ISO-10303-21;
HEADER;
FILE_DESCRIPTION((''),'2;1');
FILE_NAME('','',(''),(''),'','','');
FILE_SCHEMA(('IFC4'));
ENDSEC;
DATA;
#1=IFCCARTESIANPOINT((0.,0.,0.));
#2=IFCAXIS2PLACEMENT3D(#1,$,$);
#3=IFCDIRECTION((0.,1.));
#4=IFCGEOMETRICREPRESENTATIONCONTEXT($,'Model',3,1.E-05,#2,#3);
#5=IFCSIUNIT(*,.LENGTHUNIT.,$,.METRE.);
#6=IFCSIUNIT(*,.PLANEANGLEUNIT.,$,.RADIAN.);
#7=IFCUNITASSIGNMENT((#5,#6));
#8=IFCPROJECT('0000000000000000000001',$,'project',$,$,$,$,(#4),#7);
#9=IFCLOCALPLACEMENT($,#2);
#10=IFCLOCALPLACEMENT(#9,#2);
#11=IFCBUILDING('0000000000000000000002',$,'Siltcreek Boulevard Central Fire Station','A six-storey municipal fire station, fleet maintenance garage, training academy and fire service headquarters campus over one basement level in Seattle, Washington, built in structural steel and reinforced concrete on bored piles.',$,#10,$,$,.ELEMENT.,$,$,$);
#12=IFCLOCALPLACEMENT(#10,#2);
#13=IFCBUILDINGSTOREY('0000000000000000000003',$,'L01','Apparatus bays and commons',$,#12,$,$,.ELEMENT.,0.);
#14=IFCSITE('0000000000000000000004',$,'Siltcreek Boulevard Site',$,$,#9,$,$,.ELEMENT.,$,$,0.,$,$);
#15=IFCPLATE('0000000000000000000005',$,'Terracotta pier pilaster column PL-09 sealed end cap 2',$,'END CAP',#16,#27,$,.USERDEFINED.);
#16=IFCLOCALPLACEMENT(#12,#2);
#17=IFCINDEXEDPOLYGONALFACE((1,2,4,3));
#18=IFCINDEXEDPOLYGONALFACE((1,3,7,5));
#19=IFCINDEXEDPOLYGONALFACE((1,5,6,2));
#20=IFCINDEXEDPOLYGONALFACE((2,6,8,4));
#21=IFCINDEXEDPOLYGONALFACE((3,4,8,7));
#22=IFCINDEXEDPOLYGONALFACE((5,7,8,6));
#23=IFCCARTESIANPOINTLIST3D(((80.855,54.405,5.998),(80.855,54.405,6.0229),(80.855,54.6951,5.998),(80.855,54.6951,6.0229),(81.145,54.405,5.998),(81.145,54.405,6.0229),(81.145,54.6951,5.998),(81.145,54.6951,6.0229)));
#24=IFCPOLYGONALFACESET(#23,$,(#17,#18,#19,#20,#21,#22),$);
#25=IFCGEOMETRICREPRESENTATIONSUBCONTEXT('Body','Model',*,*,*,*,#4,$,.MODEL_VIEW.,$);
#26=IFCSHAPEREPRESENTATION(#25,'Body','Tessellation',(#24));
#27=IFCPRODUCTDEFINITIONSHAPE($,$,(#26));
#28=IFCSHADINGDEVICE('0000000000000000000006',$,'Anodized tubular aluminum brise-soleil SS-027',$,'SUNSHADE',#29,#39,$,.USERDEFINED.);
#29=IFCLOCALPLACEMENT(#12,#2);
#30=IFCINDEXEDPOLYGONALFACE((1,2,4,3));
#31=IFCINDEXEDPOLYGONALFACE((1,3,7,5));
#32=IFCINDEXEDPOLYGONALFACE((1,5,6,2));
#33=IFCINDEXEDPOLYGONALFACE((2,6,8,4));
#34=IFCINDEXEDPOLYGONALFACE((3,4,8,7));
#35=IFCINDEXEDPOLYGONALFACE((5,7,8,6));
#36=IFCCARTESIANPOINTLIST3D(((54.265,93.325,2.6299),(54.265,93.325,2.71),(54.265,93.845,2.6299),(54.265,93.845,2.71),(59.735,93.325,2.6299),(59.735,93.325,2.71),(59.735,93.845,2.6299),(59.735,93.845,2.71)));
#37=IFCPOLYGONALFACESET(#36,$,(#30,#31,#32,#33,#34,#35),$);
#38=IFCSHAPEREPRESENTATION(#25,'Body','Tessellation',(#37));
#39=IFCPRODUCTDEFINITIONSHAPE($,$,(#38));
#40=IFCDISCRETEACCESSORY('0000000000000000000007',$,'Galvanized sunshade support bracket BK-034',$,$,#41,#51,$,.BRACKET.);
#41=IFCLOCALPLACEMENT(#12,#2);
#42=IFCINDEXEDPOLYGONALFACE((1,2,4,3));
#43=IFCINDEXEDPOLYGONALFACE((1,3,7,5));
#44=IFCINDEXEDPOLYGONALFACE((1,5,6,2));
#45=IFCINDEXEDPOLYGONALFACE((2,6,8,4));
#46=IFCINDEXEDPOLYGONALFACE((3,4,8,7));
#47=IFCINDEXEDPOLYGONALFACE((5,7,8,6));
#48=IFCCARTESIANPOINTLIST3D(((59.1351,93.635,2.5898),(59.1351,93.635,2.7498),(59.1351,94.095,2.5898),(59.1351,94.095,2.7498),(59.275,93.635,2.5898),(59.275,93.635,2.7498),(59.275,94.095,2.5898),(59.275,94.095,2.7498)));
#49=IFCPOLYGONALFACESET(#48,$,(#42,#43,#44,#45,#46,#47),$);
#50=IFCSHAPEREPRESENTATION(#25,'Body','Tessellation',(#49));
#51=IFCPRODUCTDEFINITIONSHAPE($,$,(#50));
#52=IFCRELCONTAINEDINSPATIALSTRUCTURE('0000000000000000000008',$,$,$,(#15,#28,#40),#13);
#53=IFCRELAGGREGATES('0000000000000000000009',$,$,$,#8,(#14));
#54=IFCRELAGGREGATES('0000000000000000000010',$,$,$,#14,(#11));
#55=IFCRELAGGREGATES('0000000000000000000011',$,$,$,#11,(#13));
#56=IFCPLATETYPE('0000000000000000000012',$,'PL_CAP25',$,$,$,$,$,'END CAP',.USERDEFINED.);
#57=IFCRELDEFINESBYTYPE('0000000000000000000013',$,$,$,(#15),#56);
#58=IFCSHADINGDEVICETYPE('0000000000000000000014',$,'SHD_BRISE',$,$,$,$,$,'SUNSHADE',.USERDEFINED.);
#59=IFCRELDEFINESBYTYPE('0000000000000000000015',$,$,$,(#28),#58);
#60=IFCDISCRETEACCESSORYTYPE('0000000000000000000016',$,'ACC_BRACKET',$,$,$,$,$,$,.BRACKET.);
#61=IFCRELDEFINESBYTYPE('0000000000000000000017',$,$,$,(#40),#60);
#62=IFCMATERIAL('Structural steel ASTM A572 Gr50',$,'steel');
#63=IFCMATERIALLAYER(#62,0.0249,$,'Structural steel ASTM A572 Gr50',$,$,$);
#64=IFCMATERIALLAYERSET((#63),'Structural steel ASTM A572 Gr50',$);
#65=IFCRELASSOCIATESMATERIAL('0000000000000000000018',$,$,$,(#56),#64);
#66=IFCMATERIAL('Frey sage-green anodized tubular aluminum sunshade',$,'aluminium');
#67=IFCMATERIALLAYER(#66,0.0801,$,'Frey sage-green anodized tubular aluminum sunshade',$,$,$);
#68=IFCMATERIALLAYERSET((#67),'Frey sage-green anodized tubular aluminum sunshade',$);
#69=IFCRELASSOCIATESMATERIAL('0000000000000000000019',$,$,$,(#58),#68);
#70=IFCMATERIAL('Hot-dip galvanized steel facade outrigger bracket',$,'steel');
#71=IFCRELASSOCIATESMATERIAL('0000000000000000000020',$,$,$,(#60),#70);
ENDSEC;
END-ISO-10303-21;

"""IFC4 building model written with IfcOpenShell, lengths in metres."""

from ifc_helpers import new_model, si_unit, direction, frame, origin, origin_2d, place, context, subcontext, project, spatial, rectangle, extrude, material, layer, layer_set, type_object, element, save


model = new_model("IFC4")

# Units and contexts
model_context = context("Model", 3, precision=1e-05, world=origin(), true_north=direction((0.0, 1.0)))
body_context = subcontext(model_context, "Body", "Model", "MODEL_VIEW")
ifc_project = project(units=[si_unit("LENGTHUNIT", "METRE"), si_unit("PLANEANGLEUNIT", "RADIAN")], contexts=[model_context])

# Site, building, storey
site_placement = place(None, origin())
site = spatial("IfcSite", under=ifc_project, at=site_placement, Name="Siltcreek Boulevard Site", CompositionType="ELEMENT", RefElevation=0.0)
building_placement = place(site_placement, origin())
building = spatial("IfcBuilding", under=site, at=building_placement, Name="Siltcreek Boulevard Central Fire Station", Description="A six-storey municipal fire station, fleet maintenance garage, training academy and fire service headquarters campus over one basement level in Seattle, Washington, built in structural steel and reinforced concrete on bored piles.", CompositionType="ELEMENT")
storey_placement = place(building_placement, origin())
storey = spatial("IfcBuildingStorey", under=building, at=storey_placement, Name="L01", Description="Apparatus bays and commons", CompositionType="ELEMENT", Elevation=0.0)

# Plate
ifc_material_1 = material(Name="Structural steel ASTM A572 Gr50", Category="steel")
ifc_layer_1 = layer(ifc_material_1, 0.0249, Name="Structural steel ASTM A572 Gr50")
ifc_layer_set_1 = layer_set([ifc_layer_1], Name="Structural steel ASTM A572 Gr50")
plate_type_1 = type_object("IfcPlateType", Name="PL_CAP25", ElementType="END CAP", PredefinedType="USERDEFINED", material=ifc_layer_set_1)
for number, where, z_axis, x_axis, name in (
    (1, (81.0, 54.55, 5.998), (0.0, 0.0, 1.0), (1.0, 0.0, 0.0), "Terracotta pier pilaster column PL-09 sealed end cap 2"),
):
    element("IfcPlate", number, at=place(storey_placement, frame(where, z_axis=z_axis, x_axis=x_axis)), inside=storey, type_object=plate_type_1, Name=name, ObjectType="END CAP", PredefinedType="USERDEFINED", context=body_context, shape_type="SweptSolid", body=[
        extrude(rectangle(XDim=0.29, YDim=0.29, at=origin_2d()), origin(), (0.0, 0.0, 1.0), 0.0249),
    ])

# Shading device
ifc_material_2 = material(Name="Frey sage-green anodized tubular aluminum sunshade", Category="aluminium")
ifc_layer_2 = layer(ifc_material_2, 0.0801, Name="Frey sage-green anodized tubular aluminum sunshade")
ifc_layer_set_2 = layer_set([ifc_layer_2], Name="Frey sage-green anodized tubular aluminum sunshade")
shading_device_type = type_object("IfcShadingDeviceType", Name="SHD_BRISE", ElementType="SUNSHADE", PredefinedType="USERDEFINED", material=ifc_layer_set_2)
shading_device_placement = place(storey_placement, frame((57.0, 93.585, 2.6299), z_axis=(0.0, 0.0, 1.0), x_axis=(1.0, 0.0, 0.0)))
element("IfcShadingDevice", 2, at=shading_device_placement, inside=storey, type_object=shading_device_type, Name="Anodized tubular aluminum brise-soleil SS-027", ObjectType="SUNSHADE", PredefinedType="USERDEFINED", context=body_context, shape_type="SweptSolid", body=[
    extrude(rectangle(XDim=5.47, YDim=0.52, at=origin_2d()), origin(), (0.0, 0.0, 1.0), 0.0801),
])

# Discrete accessory
ifc_material_3 = material(Name="Hot-dip galvanized steel facade outrigger bracket", Category="steel")
discrete_accessory_type = type_object("IfcDiscreteAccessoryType", Name="ACC_BRACKET", PredefinedType="BRACKET", material=ifc_material_3)
discrete_accessory_placement = place(storey_placement, frame((59.2051, 93.865, 2.5898), z_axis=(0.0, 0.0, 1.0), x_axis=(1.0, 0.0, 0.0)))
element("IfcDiscreteAccessory", 3, at=discrete_accessory_placement, inside=storey, type_object=discrete_accessory_type, Name="Galvanized sunshade support bracket BK-034", PredefinedType="BRACKET", context=body_context, shape_type="SweptSolid", body=[
    extrude(rectangle(XDim=0.1399, YDim=0.46, at=origin_2d()), origin(), (0.0, 0.0, 1.0), 0.1599),
])

save(model, "model.ifc")
